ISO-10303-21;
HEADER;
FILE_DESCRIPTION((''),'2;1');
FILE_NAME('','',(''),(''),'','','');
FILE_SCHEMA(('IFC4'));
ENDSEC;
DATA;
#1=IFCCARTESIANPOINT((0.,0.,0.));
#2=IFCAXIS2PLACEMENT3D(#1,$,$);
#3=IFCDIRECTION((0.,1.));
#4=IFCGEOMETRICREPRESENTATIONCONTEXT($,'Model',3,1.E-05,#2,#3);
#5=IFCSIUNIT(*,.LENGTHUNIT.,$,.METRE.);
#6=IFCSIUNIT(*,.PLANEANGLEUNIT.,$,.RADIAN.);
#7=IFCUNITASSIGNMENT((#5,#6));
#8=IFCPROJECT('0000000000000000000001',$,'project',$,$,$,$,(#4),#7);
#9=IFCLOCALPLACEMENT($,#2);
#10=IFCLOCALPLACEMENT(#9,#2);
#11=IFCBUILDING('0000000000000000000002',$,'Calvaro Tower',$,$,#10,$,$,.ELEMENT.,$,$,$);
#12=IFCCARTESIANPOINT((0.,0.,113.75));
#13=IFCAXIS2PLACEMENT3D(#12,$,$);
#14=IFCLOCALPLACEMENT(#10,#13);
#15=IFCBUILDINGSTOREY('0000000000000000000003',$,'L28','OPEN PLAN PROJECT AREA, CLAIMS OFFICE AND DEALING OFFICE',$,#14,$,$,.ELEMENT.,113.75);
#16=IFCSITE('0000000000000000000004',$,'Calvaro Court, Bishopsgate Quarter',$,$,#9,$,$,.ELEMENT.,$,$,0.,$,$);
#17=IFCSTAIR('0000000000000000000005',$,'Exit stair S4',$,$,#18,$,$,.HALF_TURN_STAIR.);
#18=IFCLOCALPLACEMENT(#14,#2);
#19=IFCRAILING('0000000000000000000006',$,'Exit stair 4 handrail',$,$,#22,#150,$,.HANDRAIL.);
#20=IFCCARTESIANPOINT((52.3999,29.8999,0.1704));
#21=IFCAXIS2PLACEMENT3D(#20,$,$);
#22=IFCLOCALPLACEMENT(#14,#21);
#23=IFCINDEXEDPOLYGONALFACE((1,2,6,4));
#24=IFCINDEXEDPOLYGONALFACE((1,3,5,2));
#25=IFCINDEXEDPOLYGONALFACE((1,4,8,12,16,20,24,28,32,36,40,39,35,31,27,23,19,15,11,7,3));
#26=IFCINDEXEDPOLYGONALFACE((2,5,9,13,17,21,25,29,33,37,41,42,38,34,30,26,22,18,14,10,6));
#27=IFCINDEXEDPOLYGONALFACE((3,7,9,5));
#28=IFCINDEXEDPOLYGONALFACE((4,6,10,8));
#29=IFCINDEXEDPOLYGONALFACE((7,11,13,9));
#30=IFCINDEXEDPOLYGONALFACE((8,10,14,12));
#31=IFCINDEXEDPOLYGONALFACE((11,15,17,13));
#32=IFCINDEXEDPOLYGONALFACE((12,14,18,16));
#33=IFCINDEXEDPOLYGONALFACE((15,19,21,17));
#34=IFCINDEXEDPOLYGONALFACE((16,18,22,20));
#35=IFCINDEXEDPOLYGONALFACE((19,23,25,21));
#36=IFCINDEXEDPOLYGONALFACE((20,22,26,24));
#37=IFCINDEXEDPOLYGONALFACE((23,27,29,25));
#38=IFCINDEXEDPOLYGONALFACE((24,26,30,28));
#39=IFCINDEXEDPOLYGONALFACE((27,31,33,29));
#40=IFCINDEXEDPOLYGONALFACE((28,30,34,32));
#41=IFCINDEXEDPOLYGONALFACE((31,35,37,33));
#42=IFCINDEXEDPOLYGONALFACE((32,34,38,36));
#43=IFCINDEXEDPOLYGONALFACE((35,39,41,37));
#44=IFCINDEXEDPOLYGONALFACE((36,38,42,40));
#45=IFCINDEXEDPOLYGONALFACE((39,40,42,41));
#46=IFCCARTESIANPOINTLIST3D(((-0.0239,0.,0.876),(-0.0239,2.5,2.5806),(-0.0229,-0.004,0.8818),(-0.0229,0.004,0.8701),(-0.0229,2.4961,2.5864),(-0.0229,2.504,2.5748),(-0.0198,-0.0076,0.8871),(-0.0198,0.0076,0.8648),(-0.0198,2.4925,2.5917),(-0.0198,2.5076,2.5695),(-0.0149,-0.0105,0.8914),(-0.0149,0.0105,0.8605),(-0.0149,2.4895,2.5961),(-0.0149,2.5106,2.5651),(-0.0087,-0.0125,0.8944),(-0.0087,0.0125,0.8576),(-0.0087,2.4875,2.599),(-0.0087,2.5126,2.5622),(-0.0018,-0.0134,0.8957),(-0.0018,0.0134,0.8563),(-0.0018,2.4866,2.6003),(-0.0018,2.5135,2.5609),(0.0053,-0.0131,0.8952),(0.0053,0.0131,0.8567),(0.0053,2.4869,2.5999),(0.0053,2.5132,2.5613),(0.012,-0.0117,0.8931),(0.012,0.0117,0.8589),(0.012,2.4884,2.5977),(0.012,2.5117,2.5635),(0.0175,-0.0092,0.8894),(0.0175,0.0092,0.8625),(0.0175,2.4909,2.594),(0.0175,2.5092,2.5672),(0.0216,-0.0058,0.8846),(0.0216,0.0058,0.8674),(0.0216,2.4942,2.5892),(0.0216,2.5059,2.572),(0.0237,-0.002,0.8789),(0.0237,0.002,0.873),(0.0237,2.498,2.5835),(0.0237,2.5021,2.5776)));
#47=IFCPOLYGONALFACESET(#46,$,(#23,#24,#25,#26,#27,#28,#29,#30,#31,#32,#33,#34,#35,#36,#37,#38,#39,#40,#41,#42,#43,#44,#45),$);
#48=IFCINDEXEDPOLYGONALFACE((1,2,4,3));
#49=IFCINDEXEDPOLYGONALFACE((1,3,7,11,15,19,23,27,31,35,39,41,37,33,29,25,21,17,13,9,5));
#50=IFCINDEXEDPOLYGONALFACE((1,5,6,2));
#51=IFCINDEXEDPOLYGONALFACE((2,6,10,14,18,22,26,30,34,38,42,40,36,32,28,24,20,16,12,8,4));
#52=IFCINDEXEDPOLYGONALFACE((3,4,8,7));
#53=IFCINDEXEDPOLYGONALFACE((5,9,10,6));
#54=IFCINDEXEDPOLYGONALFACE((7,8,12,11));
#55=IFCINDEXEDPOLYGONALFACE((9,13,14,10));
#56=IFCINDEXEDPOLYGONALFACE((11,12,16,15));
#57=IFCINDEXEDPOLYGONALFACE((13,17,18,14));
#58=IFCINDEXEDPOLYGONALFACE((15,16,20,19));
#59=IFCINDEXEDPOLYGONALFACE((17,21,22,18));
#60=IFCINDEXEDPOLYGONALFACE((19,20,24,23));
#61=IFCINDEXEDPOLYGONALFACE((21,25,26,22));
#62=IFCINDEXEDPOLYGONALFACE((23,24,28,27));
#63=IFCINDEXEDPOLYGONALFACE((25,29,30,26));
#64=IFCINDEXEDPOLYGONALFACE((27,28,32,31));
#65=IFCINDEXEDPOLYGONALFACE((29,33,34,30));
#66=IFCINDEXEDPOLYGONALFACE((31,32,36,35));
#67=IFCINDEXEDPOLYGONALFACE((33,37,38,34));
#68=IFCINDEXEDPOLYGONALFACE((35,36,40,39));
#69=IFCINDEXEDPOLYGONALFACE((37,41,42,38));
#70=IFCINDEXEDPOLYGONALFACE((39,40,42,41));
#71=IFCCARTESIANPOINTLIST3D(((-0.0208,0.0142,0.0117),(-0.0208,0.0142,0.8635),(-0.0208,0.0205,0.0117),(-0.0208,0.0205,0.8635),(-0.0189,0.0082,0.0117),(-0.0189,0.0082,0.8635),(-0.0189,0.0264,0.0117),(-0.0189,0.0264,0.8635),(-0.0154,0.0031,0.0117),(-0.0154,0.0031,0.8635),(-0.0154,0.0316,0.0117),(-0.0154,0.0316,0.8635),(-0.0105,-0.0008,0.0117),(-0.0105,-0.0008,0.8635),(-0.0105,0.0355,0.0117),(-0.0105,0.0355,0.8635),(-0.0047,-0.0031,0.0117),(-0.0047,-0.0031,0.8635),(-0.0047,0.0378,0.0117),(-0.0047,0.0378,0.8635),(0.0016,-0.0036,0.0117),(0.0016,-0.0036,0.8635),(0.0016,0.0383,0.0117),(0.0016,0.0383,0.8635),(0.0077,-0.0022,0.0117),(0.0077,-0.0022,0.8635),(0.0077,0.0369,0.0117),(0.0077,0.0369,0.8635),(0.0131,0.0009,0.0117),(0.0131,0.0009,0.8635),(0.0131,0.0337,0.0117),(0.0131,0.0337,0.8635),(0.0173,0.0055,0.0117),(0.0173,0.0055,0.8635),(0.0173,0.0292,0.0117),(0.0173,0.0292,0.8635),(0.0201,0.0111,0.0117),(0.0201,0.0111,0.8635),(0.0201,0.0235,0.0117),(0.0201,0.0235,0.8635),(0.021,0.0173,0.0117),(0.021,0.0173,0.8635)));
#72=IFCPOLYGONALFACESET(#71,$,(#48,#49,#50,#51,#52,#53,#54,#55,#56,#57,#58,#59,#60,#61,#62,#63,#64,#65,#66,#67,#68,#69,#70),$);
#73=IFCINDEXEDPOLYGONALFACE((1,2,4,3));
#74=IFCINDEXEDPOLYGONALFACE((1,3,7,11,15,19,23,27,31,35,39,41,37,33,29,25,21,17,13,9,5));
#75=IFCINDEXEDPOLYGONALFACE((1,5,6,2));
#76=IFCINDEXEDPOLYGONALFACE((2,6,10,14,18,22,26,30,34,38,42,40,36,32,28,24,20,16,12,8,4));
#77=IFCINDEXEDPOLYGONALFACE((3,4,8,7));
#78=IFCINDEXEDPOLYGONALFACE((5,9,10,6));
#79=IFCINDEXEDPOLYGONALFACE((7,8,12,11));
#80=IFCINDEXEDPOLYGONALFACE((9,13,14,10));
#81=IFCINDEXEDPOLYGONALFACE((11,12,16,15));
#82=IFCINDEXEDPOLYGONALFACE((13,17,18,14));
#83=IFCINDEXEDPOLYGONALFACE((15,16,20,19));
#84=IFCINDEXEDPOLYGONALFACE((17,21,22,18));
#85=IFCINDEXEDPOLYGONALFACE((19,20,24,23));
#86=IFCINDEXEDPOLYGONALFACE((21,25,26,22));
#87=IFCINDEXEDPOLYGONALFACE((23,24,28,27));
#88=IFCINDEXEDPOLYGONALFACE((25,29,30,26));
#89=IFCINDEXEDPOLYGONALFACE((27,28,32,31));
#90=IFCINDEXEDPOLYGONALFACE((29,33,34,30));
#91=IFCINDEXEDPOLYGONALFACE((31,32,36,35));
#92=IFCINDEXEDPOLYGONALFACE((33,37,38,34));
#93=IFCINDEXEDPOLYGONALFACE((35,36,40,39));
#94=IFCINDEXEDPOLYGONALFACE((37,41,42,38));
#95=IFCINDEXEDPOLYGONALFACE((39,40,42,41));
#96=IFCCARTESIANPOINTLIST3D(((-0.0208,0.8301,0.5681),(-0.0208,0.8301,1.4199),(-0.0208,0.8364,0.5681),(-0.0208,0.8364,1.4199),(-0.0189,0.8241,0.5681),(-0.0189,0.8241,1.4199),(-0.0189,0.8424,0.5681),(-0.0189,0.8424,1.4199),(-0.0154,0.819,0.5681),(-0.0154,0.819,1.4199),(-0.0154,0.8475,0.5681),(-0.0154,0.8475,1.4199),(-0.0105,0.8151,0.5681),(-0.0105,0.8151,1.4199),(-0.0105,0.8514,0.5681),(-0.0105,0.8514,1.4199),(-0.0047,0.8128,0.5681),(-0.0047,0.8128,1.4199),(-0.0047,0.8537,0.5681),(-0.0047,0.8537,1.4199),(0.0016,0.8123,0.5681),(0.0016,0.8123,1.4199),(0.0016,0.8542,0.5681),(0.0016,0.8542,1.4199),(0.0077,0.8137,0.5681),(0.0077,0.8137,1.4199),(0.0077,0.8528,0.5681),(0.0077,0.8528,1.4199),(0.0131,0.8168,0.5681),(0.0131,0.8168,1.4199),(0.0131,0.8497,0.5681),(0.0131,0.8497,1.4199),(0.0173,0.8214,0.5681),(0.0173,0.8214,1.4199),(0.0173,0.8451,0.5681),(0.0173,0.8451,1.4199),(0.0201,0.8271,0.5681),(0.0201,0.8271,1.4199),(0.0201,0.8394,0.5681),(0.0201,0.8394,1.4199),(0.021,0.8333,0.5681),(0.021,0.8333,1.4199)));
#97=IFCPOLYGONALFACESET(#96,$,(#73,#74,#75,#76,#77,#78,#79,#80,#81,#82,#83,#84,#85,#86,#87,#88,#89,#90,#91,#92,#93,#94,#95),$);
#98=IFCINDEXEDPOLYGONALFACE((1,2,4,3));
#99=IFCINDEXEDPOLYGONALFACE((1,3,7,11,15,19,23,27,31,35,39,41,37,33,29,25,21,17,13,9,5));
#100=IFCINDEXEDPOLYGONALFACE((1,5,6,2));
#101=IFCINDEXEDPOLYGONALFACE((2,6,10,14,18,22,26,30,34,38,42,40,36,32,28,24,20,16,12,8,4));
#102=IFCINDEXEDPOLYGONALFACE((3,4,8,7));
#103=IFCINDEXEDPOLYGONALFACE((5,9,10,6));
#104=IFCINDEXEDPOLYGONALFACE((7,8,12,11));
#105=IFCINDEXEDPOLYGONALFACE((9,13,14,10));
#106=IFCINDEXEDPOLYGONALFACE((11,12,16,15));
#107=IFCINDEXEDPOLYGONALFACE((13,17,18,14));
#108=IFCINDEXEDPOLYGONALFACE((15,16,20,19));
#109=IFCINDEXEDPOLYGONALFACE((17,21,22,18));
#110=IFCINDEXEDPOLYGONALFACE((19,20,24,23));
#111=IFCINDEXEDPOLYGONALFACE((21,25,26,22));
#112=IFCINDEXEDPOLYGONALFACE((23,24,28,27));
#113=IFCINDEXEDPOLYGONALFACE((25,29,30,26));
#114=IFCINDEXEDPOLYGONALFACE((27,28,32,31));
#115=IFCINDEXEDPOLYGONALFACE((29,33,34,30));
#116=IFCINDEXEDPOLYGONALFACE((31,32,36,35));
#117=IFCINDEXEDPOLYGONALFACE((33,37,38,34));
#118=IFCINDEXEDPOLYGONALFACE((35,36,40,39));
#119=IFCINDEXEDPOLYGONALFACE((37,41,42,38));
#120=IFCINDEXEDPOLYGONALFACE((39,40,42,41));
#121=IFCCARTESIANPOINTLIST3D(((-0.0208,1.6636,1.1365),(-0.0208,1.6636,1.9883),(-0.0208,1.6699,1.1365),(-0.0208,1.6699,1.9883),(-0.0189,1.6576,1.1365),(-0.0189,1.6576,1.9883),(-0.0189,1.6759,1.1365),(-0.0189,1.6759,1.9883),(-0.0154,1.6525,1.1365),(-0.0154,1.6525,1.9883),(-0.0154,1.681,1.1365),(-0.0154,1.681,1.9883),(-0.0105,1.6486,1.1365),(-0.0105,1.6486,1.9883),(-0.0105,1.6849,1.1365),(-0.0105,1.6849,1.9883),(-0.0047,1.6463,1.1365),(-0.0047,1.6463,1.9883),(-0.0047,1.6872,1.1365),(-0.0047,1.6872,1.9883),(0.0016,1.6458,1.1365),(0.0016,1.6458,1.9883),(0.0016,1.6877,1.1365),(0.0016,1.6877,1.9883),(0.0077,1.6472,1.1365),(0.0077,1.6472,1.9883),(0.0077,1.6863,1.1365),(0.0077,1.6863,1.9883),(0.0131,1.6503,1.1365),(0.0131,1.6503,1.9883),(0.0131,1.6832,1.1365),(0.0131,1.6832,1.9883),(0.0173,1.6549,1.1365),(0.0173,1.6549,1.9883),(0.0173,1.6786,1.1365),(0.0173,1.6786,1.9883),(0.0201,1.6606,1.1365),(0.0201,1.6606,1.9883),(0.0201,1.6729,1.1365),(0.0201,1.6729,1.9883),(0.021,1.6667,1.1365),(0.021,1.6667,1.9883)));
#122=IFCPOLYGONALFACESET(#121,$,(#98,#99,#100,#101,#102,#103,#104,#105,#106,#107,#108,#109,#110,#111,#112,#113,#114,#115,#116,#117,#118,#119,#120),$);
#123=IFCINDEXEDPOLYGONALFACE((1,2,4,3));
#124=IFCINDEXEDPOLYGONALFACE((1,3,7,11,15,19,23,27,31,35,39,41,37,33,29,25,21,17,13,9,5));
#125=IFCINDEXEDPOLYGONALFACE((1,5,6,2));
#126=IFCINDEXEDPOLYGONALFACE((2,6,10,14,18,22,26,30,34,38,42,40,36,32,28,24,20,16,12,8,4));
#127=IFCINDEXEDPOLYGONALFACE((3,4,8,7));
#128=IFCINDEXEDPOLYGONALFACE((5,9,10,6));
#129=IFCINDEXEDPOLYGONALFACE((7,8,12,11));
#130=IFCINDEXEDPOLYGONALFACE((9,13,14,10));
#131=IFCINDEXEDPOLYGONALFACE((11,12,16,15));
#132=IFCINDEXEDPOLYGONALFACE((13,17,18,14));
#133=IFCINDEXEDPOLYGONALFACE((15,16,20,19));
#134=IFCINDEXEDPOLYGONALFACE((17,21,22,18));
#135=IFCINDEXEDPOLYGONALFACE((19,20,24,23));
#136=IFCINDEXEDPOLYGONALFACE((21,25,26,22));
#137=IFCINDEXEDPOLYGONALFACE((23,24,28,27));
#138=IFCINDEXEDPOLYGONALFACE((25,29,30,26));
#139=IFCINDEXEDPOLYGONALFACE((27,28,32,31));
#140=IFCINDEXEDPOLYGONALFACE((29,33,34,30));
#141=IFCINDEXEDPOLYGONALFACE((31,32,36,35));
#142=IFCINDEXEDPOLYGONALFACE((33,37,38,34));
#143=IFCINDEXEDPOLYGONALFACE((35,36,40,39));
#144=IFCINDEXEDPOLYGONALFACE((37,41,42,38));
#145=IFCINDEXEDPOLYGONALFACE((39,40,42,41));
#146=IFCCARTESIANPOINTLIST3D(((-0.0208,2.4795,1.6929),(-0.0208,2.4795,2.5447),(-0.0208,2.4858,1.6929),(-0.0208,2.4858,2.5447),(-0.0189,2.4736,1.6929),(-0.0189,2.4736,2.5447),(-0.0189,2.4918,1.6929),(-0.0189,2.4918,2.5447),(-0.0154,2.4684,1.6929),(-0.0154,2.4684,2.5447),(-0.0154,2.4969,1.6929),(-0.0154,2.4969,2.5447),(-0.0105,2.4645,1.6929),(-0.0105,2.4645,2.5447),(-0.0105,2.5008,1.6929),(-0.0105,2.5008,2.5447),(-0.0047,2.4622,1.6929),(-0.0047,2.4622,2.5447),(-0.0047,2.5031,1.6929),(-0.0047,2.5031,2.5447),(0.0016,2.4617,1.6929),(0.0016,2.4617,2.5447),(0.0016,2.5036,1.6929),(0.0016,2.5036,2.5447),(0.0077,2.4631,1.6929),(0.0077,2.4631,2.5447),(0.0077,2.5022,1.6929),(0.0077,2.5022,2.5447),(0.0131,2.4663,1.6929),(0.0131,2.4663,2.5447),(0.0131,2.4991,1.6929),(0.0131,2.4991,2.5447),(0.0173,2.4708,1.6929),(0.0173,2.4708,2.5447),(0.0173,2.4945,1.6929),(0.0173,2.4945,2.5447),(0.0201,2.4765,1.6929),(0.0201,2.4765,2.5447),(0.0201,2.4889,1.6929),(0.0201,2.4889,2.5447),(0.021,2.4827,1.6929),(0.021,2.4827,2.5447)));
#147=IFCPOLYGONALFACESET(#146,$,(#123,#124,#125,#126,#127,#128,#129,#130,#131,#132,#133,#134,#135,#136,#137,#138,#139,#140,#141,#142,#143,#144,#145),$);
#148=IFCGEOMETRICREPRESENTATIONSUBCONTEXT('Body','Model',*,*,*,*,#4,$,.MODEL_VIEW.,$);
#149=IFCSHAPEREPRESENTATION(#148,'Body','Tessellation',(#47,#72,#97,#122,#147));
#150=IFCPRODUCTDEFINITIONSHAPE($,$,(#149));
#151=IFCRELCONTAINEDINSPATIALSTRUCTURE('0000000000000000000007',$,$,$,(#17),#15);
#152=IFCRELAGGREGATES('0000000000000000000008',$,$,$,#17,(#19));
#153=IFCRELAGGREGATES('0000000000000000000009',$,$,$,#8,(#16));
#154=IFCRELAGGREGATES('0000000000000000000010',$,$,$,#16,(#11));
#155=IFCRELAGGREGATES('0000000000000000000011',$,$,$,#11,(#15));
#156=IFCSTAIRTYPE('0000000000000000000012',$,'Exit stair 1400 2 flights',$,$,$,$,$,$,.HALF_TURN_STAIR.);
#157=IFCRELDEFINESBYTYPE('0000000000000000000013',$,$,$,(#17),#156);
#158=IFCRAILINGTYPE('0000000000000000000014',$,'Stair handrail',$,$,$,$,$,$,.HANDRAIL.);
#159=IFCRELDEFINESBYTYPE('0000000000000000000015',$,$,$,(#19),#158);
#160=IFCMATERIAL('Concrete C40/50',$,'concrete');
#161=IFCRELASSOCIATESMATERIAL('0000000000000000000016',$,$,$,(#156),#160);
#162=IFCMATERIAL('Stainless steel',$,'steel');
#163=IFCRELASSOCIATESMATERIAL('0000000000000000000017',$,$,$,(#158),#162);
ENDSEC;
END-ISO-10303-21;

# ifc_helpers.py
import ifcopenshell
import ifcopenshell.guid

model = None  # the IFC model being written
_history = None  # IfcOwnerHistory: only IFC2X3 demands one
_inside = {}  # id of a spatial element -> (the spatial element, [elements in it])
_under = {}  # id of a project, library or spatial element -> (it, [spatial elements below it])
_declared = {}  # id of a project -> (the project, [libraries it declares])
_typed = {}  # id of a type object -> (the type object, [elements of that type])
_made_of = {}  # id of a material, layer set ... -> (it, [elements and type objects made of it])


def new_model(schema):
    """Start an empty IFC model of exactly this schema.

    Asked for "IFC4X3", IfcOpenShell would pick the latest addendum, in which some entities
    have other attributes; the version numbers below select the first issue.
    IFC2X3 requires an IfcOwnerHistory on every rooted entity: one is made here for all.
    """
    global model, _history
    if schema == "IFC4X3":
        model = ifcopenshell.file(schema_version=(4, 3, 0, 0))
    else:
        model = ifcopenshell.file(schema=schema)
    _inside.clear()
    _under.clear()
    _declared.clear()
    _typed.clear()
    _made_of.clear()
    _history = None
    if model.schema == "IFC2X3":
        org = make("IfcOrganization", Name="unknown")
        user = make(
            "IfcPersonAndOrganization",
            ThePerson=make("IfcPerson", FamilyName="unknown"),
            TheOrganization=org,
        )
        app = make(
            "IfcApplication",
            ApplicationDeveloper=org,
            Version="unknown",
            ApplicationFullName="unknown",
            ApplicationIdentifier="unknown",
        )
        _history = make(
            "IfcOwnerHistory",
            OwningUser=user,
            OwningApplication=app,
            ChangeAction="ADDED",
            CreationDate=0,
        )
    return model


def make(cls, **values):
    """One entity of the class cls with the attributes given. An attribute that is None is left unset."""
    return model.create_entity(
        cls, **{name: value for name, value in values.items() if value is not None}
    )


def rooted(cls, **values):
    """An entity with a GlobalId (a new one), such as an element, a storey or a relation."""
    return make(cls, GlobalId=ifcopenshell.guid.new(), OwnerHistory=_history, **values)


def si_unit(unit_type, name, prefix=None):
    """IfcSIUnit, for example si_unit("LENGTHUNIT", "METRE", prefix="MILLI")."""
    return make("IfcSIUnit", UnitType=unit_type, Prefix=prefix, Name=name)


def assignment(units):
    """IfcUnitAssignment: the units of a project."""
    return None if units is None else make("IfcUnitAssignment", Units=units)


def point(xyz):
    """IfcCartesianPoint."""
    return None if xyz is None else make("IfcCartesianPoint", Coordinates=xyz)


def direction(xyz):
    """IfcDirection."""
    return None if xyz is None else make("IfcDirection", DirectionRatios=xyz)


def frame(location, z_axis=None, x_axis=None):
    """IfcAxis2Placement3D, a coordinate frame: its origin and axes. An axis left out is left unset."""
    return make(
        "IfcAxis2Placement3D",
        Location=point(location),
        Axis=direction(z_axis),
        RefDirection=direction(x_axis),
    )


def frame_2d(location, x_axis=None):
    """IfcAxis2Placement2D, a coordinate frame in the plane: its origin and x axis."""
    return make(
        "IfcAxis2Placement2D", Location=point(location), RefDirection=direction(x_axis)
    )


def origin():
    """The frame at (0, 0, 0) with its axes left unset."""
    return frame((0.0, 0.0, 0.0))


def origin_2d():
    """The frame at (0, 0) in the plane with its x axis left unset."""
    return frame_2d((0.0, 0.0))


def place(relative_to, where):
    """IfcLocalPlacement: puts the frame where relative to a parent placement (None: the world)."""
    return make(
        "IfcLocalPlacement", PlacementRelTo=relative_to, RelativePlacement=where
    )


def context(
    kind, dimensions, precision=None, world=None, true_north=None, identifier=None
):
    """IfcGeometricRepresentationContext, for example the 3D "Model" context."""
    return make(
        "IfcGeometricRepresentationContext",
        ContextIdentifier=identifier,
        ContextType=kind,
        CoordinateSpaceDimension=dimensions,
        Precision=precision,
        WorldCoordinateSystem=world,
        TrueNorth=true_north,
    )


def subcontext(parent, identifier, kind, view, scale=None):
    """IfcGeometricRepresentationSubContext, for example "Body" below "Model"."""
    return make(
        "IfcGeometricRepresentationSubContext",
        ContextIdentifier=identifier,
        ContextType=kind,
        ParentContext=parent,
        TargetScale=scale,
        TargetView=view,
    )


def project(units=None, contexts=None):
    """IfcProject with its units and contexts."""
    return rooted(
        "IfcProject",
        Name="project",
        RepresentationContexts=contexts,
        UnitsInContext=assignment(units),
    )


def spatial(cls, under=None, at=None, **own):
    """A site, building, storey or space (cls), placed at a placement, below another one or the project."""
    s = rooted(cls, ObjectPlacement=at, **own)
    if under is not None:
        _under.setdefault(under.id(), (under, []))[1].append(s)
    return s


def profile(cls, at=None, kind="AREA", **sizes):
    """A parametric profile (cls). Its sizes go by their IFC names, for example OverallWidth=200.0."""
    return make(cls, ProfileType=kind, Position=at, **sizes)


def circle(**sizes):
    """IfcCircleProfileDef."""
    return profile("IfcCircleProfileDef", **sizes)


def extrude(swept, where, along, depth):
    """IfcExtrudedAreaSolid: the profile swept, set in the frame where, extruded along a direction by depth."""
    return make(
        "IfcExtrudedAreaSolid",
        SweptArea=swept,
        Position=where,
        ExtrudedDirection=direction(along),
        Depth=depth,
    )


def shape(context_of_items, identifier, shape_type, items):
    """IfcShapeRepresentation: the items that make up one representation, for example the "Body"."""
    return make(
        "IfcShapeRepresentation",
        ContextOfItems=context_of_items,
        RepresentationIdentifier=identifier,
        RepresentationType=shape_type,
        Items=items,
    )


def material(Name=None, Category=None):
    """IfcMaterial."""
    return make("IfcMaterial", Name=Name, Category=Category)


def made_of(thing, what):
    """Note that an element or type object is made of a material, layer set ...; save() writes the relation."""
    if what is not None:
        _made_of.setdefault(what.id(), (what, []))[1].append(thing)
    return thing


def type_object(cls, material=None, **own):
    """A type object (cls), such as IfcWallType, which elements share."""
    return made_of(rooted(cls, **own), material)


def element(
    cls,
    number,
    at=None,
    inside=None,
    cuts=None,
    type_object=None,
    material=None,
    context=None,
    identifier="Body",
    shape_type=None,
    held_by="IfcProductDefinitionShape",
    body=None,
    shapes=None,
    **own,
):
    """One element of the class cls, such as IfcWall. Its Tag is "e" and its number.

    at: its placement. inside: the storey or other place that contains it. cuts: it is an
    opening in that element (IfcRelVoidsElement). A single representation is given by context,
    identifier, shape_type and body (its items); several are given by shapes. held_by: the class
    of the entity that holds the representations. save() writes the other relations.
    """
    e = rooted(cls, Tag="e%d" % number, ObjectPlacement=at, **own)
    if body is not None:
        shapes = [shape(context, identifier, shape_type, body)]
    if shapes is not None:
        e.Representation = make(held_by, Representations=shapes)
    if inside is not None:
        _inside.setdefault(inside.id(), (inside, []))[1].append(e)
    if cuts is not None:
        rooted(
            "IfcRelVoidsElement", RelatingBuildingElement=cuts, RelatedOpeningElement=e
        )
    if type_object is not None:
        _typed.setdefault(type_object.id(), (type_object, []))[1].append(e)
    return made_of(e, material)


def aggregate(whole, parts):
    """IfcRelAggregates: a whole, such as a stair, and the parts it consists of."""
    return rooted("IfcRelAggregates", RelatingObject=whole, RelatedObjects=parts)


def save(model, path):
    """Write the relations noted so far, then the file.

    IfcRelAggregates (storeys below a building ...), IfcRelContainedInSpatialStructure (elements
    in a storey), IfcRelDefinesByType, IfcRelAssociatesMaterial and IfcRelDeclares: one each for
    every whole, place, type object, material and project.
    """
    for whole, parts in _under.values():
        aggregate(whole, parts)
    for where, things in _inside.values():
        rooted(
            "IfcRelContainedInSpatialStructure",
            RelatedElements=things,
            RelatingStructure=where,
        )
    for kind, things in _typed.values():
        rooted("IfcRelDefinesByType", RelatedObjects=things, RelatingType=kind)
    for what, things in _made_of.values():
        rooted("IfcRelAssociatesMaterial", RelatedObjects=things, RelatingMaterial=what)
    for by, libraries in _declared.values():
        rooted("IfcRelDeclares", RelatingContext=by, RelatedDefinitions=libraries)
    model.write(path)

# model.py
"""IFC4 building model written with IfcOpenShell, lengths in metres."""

from ifc_helpers import new_model, si_unit, direction, frame, origin, origin_2d, place, context, subcontext, project, spatial, circle, extrude, material, type_object, element, aggregate, save


model = new_model("IFC4")

# Units and contexts
model_context = context("Model", 3, precision=1e-05, world=origin(), true_north=direction((0.0, 1.0)))
body_context = subcontext(model_context, "Body", "Model", "MODEL_VIEW")
ifc_project = project(units=[si_unit("LENGTHUNIT", "METRE"), si_unit("PLANEANGLEUNIT", "RADIAN")], contexts=[model_context])

# Site, building, storey
site_placement = place(None, origin())
site = spatial("IfcSite", under=ifc_project, at=site_placement, Name="Calvaro Court, Bishopsgate Quarter", CompositionType="ELEMENT", RefElevation=0.0)
building_placement = place(site_placement, origin())
building = spatial("IfcBuilding", under=site, at=building_placement, Name="Calvaro Tower", CompositionType="ELEMENT")
storey_placement = place(building_placement, frame((0.0, 0.0, 113.75)))
storey = spatial("IfcBuildingStorey", under=building, at=storey_placement, Name="L28", Description="OPEN PLAN PROJECT AREA, CLAIMS OFFICE AND DEALING OFFICE", CompositionType="ELEMENT", Elevation=113.75)

# Shared definitions
ifc_material_1 = material(Name="Concrete C40/50", Category="concrete")
stair_type = type_object("IfcStairType", Name="Exit stair 1400 2 flights", PredefinedType="HALF_TURN_STAIR", material=ifc_material_1)

# Stair, railing
stair_1_placement = place(storey_placement, origin())
stair_1 = element("IfcStair", 1, at=stair_1_placement, inside=storey, type_object=stair_type, Name="Exit stair S4", PredefinedType="HALF_TURN_STAIR")
ifc_material_2 = material(Name="Stainless steel", Category="steel")
railing_type = type_object("IfcRailingType", Name="Stair handrail", PredefinedType="HANDRAIL", material=ifc_material_2)
railing_1_placement = place(storey_placement, frame((52.3999, 29.8999, 0.1704)))
railing_1 = element("IfcRailing", 2, at=railing_1_placement, type_object=railing_type, Name="Exit stair 4 handrail", PredefinedType="HANDRAIL", context=body_context, shape_type="SweptSolid", body=[
    extrude(circle(Radius=0.0239, at=origin_2d()), frame((0.0, 0.0, 0.876), z_axis=(0.0, 0.826221, 0.563347), x_axis=(-1.0, 0.0, 0.0)), (0.0, 0.0, 1.0), 3.0259),
    extrude(circle(Radius=0.021, at=origin_2d()), frame((0.0, 0.0173, 0.0117)), (0.0, 0.0, 1.0), 0.8518),
    extrude(circle(Radius=0.021, at=origin_2d()), frame((0.0, 0.8333, 0.5681)), (0.0, 0.0, 1.0), 0.8518),
    extrude(circle(Radius=0.021, at=origin_2d()), frame((0.0, 1.6667, 1.1365)), (0.0, 0.0, 1.0), 0.8518),
    extrude(circle(Radius=0.021, at=origin_2d()), frame((0.0, 2.4827, 1.6929)), (0.0, 0.0, 1.0), 0.8518),
])
aggregate(stair_1, [railing_1])

save(model, "model.ifc")
